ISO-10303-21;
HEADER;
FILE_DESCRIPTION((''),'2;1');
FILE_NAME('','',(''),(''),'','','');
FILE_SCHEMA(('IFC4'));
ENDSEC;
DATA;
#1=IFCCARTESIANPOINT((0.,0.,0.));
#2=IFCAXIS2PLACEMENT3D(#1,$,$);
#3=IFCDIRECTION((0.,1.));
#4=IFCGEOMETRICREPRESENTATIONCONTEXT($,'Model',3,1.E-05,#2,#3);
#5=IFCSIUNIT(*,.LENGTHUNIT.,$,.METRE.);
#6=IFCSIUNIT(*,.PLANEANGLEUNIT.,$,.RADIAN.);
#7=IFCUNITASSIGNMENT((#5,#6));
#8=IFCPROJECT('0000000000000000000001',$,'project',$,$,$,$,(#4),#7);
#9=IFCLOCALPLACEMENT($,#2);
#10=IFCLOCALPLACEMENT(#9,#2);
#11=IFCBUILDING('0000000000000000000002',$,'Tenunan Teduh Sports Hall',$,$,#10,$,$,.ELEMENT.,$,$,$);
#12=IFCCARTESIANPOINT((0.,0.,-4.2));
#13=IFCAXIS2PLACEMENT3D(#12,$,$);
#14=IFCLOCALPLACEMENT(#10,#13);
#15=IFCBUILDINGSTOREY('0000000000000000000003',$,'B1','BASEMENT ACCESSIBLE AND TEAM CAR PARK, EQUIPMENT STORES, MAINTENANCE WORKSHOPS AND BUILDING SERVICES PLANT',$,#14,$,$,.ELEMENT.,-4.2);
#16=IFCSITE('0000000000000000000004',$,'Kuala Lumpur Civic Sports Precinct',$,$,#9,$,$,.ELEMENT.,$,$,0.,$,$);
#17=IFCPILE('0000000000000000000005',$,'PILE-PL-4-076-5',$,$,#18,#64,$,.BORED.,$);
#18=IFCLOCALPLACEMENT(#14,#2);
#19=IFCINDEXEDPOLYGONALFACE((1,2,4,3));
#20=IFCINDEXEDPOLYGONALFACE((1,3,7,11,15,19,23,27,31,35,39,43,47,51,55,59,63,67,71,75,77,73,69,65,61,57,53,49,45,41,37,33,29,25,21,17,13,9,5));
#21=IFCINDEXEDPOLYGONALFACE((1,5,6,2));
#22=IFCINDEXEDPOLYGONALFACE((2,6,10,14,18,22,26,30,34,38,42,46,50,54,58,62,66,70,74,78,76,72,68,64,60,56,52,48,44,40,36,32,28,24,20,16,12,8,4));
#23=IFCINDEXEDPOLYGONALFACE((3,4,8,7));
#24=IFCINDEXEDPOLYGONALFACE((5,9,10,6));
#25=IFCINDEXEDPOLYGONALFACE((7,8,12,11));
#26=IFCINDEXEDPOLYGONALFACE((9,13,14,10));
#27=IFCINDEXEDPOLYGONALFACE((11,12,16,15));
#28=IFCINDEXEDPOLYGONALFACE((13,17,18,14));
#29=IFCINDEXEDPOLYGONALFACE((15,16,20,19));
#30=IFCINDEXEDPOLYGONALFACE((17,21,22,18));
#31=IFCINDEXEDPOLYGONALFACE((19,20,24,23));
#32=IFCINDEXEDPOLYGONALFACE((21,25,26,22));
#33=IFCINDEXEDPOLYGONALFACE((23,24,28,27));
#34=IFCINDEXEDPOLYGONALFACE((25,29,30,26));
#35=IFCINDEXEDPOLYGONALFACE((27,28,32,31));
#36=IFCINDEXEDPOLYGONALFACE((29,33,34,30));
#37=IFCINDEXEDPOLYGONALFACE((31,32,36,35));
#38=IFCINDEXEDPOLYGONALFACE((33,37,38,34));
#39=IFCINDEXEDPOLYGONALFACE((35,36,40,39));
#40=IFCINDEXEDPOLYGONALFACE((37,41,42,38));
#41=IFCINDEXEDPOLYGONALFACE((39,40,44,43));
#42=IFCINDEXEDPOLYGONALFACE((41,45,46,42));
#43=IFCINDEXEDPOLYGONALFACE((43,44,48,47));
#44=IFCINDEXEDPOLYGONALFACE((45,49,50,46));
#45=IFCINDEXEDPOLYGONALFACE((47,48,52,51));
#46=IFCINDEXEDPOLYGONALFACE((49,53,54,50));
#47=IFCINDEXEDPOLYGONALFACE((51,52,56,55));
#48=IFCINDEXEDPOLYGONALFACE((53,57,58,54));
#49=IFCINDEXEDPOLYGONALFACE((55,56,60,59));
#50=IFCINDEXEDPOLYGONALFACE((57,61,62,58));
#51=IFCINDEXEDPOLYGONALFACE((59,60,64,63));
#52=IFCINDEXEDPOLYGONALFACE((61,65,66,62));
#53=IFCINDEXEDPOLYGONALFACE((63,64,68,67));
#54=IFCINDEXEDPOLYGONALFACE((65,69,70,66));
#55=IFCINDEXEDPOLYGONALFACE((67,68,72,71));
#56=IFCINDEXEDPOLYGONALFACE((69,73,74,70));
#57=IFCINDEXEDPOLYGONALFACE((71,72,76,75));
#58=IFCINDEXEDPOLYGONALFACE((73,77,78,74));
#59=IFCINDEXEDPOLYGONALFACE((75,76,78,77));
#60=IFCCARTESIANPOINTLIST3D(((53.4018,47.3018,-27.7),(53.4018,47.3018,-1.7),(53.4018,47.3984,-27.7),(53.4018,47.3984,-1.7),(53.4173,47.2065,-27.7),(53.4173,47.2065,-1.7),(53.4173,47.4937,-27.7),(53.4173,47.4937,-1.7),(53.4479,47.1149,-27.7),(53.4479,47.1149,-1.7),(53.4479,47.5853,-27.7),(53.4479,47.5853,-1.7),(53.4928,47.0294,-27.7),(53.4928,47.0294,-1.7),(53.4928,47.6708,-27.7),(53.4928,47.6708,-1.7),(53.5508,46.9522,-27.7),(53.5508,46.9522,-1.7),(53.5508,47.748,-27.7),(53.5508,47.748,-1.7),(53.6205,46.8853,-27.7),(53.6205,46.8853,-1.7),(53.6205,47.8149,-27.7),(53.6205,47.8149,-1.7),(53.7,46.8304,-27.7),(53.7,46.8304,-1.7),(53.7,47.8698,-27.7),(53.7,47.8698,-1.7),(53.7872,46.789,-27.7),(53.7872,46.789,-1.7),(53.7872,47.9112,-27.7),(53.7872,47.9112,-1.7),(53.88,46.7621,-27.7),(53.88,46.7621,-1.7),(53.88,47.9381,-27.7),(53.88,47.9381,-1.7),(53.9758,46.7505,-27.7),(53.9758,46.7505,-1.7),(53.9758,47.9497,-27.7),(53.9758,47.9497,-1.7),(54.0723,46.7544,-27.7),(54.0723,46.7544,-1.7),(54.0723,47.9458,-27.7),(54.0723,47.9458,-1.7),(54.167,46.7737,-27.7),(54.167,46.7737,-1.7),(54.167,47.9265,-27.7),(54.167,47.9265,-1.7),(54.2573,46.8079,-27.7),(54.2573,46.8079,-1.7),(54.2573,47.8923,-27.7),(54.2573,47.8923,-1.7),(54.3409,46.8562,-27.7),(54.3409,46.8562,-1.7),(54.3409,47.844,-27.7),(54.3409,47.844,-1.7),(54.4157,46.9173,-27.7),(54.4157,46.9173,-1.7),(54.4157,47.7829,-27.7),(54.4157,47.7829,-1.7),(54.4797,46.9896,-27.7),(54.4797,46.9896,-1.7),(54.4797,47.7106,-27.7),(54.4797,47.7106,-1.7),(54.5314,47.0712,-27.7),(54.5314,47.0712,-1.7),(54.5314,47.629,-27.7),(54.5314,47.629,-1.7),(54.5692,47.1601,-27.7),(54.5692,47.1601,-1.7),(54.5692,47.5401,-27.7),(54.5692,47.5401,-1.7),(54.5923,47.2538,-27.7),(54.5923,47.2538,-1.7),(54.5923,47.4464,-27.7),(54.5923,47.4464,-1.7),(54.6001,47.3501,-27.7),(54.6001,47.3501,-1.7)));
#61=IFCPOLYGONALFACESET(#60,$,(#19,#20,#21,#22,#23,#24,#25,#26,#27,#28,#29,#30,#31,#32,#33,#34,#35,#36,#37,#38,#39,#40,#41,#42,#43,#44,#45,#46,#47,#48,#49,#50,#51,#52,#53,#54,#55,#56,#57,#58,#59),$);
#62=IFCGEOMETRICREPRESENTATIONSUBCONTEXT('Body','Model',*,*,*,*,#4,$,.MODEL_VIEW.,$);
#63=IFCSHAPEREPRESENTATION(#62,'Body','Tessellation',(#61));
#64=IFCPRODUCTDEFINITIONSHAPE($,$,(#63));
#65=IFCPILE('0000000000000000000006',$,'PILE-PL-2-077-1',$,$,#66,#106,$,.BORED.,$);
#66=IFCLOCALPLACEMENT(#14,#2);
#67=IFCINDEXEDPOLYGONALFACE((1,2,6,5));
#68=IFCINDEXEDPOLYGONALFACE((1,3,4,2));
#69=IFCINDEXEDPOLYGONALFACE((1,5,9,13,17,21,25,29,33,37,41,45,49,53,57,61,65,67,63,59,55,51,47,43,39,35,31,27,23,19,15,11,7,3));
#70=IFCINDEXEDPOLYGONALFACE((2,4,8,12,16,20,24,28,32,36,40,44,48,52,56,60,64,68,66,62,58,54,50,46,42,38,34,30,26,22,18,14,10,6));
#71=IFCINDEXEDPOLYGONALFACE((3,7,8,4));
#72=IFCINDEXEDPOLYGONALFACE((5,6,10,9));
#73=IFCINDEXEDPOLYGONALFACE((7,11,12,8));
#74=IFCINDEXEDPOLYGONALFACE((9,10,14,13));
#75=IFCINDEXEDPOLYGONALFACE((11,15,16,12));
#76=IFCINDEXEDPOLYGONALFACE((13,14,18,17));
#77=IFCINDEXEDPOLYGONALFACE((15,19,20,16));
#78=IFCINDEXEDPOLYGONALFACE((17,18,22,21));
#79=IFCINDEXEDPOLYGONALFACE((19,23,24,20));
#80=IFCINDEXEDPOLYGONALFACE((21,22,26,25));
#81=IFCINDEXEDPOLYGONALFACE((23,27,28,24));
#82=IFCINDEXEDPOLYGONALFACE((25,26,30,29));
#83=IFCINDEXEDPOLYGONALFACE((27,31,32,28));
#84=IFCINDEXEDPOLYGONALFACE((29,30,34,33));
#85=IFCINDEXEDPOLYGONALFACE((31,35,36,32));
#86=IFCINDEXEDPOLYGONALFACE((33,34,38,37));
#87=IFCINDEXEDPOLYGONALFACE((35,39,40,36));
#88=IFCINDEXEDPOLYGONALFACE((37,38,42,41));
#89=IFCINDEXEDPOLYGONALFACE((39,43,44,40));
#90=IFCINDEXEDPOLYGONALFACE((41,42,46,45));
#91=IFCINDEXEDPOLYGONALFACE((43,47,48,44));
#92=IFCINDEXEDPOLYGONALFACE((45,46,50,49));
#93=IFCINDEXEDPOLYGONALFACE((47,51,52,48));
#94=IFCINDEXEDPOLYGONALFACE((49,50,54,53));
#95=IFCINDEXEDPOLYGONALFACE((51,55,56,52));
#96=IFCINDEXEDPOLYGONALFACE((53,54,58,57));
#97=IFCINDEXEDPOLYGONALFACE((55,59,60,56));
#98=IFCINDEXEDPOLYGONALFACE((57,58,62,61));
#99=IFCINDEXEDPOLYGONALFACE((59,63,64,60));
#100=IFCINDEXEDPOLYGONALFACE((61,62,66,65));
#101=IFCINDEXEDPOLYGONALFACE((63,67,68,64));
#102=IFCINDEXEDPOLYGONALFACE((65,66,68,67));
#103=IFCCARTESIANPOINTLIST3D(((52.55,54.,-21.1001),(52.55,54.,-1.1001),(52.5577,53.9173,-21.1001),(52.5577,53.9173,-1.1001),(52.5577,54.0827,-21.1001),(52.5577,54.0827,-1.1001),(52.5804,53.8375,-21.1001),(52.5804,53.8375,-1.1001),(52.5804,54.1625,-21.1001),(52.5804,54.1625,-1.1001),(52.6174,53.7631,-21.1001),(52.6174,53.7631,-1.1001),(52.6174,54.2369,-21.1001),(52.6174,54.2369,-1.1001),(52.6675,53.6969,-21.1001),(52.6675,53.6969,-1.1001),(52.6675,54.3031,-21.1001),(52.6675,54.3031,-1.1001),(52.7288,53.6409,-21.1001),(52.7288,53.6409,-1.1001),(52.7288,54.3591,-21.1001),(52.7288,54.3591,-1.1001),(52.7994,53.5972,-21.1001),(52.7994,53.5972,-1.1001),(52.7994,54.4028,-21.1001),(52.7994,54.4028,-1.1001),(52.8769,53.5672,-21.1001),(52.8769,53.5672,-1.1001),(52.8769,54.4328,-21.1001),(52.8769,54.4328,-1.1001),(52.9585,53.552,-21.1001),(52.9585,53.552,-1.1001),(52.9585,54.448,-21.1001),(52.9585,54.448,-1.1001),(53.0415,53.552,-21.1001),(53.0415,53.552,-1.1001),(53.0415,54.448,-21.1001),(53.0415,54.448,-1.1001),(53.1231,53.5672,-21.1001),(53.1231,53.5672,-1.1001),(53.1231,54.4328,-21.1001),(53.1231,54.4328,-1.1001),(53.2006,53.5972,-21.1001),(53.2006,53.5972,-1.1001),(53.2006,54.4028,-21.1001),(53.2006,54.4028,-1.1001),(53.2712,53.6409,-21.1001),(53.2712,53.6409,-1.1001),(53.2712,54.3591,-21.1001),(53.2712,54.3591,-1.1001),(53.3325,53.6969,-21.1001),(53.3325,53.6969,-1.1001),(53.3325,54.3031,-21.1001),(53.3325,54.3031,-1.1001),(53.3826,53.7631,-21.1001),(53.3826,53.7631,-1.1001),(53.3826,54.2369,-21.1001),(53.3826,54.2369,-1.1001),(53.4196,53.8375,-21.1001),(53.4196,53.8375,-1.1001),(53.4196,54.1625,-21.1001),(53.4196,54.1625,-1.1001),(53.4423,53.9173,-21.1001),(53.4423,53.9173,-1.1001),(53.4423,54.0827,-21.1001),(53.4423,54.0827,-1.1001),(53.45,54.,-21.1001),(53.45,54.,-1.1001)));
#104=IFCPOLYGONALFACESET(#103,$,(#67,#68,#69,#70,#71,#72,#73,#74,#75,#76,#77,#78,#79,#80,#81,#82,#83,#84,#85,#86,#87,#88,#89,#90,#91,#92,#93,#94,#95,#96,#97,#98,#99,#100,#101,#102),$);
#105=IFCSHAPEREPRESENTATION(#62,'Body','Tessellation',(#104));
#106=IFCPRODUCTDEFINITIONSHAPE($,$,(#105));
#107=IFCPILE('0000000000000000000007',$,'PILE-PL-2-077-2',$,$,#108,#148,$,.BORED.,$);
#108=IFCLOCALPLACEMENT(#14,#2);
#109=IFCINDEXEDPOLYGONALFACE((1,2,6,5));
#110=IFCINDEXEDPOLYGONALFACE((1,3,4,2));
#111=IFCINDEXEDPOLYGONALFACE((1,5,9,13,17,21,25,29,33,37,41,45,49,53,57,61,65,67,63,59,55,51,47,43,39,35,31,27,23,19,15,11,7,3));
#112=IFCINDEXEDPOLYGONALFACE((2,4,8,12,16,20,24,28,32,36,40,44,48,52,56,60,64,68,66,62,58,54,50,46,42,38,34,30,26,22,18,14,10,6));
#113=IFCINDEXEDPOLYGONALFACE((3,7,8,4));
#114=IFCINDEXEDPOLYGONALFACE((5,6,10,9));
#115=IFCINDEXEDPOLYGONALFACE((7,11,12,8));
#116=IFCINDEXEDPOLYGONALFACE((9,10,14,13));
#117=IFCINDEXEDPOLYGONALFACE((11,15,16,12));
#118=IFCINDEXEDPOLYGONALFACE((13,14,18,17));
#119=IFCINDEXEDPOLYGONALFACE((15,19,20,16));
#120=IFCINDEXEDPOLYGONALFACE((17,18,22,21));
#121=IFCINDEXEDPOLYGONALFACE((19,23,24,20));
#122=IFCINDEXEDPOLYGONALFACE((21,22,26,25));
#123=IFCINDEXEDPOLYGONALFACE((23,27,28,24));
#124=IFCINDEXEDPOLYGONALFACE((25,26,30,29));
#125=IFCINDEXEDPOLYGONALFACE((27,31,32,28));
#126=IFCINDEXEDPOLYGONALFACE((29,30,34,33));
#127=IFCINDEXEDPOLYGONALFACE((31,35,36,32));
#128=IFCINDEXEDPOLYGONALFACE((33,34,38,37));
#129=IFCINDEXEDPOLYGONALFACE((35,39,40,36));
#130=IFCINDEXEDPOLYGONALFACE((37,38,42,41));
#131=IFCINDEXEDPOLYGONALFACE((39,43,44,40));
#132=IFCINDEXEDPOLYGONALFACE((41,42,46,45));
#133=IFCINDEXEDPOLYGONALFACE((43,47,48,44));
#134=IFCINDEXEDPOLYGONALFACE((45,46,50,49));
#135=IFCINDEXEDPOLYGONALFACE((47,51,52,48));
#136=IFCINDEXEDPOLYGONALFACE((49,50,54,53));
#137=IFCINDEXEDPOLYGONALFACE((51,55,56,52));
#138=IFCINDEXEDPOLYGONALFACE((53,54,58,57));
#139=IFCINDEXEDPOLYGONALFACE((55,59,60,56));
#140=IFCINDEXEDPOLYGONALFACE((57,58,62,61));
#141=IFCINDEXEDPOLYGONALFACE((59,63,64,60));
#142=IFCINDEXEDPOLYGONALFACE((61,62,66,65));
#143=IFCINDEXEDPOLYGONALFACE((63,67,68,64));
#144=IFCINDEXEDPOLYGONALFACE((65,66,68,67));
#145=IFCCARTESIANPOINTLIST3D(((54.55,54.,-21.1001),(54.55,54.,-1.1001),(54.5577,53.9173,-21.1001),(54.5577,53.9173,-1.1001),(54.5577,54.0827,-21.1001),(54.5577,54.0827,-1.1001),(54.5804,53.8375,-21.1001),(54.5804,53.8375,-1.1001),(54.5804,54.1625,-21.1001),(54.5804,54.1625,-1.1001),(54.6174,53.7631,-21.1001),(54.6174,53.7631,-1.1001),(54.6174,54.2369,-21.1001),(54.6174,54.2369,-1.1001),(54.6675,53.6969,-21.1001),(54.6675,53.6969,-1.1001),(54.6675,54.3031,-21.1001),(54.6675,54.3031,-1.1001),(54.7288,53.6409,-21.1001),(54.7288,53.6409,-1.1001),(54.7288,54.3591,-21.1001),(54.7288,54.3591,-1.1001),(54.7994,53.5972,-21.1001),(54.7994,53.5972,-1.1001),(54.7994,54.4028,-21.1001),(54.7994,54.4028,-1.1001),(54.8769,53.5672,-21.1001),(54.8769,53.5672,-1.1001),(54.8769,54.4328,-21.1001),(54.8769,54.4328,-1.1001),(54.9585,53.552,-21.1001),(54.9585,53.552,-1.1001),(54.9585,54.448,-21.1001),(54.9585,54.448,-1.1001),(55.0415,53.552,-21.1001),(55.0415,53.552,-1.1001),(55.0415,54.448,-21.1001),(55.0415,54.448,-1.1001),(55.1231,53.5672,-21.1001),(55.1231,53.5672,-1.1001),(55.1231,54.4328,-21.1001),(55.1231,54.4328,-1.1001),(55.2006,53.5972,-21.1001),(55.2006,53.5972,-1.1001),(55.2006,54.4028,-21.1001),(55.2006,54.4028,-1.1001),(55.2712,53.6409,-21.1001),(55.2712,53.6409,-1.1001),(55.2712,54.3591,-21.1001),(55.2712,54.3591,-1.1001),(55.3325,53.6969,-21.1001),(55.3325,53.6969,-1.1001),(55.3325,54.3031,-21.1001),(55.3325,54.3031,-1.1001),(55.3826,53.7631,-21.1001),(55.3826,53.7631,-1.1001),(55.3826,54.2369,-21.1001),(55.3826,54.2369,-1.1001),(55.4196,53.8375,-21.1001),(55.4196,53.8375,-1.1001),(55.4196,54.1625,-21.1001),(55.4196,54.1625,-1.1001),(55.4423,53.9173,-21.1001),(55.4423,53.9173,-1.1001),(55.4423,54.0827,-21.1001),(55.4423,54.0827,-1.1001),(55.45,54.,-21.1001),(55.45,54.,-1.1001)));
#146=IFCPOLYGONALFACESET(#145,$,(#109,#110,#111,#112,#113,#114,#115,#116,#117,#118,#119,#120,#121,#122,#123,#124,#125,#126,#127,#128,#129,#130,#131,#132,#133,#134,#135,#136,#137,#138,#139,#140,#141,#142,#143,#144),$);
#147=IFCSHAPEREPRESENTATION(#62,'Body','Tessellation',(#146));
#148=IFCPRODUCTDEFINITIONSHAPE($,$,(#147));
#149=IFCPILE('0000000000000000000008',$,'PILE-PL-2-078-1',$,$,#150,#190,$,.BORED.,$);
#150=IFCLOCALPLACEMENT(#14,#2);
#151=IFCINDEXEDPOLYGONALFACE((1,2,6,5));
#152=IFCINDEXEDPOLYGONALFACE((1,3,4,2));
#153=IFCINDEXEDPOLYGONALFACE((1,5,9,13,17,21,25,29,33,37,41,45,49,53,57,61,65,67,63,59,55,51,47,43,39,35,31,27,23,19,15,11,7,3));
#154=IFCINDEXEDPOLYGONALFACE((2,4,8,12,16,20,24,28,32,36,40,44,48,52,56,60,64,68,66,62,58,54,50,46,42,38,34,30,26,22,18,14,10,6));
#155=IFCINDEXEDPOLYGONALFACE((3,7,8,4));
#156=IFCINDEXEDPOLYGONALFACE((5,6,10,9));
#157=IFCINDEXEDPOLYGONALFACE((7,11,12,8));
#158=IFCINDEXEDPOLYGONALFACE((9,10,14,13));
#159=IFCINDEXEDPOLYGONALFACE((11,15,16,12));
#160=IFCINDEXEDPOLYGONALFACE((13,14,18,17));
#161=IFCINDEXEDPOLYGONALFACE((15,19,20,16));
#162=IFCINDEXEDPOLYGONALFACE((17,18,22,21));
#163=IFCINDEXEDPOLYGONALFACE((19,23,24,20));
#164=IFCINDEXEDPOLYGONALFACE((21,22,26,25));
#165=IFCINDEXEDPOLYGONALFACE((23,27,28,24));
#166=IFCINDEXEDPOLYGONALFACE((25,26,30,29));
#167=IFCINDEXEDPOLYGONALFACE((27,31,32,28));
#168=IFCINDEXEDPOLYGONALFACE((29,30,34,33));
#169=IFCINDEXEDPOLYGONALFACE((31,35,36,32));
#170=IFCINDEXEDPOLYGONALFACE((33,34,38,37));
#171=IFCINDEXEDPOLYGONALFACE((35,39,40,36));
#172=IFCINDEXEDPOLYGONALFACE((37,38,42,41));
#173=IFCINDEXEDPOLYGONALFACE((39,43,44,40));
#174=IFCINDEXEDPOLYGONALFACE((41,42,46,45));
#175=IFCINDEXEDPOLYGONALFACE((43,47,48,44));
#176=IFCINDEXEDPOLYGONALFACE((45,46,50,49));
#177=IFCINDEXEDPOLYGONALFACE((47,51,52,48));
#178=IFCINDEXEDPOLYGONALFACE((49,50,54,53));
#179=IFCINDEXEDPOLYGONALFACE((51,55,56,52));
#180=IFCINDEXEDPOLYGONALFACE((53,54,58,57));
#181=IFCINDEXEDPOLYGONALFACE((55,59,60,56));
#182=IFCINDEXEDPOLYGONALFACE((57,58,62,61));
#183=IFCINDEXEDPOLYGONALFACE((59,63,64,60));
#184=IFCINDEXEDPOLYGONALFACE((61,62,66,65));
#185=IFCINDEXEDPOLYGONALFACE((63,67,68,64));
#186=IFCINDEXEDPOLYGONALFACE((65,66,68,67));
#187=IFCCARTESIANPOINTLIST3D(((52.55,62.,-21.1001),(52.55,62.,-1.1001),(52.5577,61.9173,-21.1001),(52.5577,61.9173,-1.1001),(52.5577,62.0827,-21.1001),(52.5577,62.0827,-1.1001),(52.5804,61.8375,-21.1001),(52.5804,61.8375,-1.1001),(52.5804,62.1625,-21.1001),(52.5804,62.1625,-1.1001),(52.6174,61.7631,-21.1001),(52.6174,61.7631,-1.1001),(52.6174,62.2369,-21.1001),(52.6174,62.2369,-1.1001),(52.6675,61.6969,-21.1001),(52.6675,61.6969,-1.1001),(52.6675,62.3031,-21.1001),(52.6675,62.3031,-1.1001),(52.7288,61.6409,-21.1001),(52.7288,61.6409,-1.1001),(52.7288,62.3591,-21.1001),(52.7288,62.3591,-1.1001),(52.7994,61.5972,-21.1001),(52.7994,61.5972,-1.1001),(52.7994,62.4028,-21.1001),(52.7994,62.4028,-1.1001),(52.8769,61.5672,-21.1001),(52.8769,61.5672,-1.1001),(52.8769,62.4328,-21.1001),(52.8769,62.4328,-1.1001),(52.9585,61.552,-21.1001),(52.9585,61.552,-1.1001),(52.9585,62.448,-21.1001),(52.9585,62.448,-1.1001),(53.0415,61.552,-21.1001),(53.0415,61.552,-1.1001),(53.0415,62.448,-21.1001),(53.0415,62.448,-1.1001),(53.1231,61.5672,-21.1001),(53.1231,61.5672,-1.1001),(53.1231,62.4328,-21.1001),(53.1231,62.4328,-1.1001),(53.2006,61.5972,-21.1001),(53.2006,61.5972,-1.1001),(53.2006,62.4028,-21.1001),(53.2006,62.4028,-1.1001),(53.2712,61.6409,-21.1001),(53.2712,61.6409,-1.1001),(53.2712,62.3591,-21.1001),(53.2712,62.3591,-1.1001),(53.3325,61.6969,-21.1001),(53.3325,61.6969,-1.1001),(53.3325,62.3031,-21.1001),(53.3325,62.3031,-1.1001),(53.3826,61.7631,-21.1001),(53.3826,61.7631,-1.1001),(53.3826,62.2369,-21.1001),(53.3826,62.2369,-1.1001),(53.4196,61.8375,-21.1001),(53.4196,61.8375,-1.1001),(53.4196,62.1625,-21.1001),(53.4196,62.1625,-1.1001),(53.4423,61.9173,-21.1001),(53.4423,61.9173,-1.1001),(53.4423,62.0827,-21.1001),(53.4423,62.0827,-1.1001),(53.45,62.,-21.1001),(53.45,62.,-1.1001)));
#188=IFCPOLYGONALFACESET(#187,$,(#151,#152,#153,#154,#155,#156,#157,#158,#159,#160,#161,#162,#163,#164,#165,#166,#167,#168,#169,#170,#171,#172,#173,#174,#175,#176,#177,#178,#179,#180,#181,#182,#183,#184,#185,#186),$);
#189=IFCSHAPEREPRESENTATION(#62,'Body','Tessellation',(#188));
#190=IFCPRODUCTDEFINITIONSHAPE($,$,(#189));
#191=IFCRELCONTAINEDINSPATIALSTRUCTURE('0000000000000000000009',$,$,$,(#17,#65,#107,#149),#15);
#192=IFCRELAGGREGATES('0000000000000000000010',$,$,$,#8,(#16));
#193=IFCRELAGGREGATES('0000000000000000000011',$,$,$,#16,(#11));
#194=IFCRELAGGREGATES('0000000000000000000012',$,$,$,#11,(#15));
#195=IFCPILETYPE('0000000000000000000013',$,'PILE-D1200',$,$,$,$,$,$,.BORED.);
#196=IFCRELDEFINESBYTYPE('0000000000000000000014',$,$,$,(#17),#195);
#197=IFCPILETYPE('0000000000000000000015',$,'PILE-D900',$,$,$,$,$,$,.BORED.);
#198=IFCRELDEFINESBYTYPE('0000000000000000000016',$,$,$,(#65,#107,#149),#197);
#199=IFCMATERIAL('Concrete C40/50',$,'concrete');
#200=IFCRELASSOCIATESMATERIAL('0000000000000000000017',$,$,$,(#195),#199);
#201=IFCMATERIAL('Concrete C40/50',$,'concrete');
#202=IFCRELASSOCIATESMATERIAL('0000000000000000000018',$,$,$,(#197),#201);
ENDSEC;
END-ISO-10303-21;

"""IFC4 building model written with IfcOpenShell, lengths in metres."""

from ifc_helpers import new_model, si_unit, direction, frame, origin, origin_2d, place, context, subcontext, project, spatial, circle, extrude, material, material_profile, profile_set, type_object, element, save


model = new_model("IFC4")

# Units and contexts
model_context = context("Model", 3, precision=1e-05, world=origin(), true_north=direction((0.0, 1.0)))
body_context = subcontext(model_context, "Body", "Model", "MODEL_VIEW")
ifc_project = project(units=[si_unit("LENGTHUNIT", "METRE"), si_unit("PLANEANGLEUNIT", "RADIAN")], contexts=[model_context])

# Site, building, storey
site_placement = place(None, origin())
site = spatial("IfcSite", under=ifc_project, at=site_placement, Name="Kuala Lumpur Civic Sports Precinct", CompositionType="ELEMENT", RefElevation=0.0)
building_placement = place(site_placement, origin())
building = spatial("IfcBuilding", under=site, at=building_placement, Name="Tenunan Teduh Sports Hall", CompositionType="ELEMENT")
storey_placement = place(building_placement, frame((0.0, 0.0, -4.2)))
storey = spatial("IfcBuildingStorey", under=building, at=storey_placement, Name="B1", Description="BASEMENT ACCESSIBLE AND TEAM CAR PARK, EQUIPMENT STORES, MAINTENANCE WORKSHOPS AND BUILDING SERVICES PLANT", CompositionType="ELEMENT", Elevation=-4.2)

# Piles
ifc_material_1 = material(Name="Concrete C40/50", Category="concrete")
ifc_material_profile_1 = material_profile(ifc_material_1, circle(Radius=0.6001, at=origin_2d()), Name="PILE D1200")
ifc_profile_set_1 = profile_set([ifc_material_profile_1], Name="Concrete C40/50")
pile_type_1 = type_object("IfcPileType", Name="PILE-D1200", PredefinedType="BORED", material=ifc_profile_set_1)
for number, where, z_axis, x_axis, name in (
    (1, (54.0, 47.3501, -1.7), (0.0, 0.0, -1.0), (1.0, 0.0, 0.0), "PILE-PL-4-076-5"),
):
    element("IfcPile", number, at=place(storey_placement, frame(where, z_axis=z_axis, x_axis=x_axis)), inside=storey, type_object=pile_type_1, Name=name, PredefinedType="BORED", context=body_context, shape_type="SweptSolid", body=[
        extrude(circle(Radius=0.6001, at=origin_2d()), origin(), (0.0, 0.0, 1.0), 26.0),
    ])
ifc_material_2 = material(Name="Concrete C40/50", Category="concrete")
ifc_material_profile_2 = material_profile(ifc_material_2, circle(Radius=0.45, at=origin_2d()), Name="PILE D900")
ifc_profile_set_2 = profile_set([ifc_material_profile_2], Name="Concrete C40/50")
pile_type_2 = type_object("IfcPileType", Name="PILE-D900", PredefinedType="BORED", material=ifc_profile_set_2)
for number, where, z_axis, x_axis, name in (
    (2, (53.0, 54.0, -1.1001), (0.0, 0.0, -1.0), (1.0, 0.0, 0.0), "PILE-PL-2-077-1"),
    (3, (55.0, 54.0, -1.1001), (0.0, 0.0, -1.0), (1.0, 0.0, 0.0), "PILE-PL-2-077-2"),
    (4, (53.0, 62.0, -1.1001), (0.0, 0.0, -1.0), (1.0, 0.0, 0.0), "PILE-PL-2-078-1"),
):
    element("IfcPile", number, at=place(storey_placement, frame(where, z_axis=z_axis, x_axis=x_axis)), inside=storey, type_object=pile_type_2, Name=name, PredefinedType="BORED", context=body_context, shape_type="SweptSolid", body=[
        extrude(circle(Radius=0.45, at=origin_2d()), origin(), (0.0, 0.0, 1.0), 20.0),
    ])

save(model, "model.ifc")
